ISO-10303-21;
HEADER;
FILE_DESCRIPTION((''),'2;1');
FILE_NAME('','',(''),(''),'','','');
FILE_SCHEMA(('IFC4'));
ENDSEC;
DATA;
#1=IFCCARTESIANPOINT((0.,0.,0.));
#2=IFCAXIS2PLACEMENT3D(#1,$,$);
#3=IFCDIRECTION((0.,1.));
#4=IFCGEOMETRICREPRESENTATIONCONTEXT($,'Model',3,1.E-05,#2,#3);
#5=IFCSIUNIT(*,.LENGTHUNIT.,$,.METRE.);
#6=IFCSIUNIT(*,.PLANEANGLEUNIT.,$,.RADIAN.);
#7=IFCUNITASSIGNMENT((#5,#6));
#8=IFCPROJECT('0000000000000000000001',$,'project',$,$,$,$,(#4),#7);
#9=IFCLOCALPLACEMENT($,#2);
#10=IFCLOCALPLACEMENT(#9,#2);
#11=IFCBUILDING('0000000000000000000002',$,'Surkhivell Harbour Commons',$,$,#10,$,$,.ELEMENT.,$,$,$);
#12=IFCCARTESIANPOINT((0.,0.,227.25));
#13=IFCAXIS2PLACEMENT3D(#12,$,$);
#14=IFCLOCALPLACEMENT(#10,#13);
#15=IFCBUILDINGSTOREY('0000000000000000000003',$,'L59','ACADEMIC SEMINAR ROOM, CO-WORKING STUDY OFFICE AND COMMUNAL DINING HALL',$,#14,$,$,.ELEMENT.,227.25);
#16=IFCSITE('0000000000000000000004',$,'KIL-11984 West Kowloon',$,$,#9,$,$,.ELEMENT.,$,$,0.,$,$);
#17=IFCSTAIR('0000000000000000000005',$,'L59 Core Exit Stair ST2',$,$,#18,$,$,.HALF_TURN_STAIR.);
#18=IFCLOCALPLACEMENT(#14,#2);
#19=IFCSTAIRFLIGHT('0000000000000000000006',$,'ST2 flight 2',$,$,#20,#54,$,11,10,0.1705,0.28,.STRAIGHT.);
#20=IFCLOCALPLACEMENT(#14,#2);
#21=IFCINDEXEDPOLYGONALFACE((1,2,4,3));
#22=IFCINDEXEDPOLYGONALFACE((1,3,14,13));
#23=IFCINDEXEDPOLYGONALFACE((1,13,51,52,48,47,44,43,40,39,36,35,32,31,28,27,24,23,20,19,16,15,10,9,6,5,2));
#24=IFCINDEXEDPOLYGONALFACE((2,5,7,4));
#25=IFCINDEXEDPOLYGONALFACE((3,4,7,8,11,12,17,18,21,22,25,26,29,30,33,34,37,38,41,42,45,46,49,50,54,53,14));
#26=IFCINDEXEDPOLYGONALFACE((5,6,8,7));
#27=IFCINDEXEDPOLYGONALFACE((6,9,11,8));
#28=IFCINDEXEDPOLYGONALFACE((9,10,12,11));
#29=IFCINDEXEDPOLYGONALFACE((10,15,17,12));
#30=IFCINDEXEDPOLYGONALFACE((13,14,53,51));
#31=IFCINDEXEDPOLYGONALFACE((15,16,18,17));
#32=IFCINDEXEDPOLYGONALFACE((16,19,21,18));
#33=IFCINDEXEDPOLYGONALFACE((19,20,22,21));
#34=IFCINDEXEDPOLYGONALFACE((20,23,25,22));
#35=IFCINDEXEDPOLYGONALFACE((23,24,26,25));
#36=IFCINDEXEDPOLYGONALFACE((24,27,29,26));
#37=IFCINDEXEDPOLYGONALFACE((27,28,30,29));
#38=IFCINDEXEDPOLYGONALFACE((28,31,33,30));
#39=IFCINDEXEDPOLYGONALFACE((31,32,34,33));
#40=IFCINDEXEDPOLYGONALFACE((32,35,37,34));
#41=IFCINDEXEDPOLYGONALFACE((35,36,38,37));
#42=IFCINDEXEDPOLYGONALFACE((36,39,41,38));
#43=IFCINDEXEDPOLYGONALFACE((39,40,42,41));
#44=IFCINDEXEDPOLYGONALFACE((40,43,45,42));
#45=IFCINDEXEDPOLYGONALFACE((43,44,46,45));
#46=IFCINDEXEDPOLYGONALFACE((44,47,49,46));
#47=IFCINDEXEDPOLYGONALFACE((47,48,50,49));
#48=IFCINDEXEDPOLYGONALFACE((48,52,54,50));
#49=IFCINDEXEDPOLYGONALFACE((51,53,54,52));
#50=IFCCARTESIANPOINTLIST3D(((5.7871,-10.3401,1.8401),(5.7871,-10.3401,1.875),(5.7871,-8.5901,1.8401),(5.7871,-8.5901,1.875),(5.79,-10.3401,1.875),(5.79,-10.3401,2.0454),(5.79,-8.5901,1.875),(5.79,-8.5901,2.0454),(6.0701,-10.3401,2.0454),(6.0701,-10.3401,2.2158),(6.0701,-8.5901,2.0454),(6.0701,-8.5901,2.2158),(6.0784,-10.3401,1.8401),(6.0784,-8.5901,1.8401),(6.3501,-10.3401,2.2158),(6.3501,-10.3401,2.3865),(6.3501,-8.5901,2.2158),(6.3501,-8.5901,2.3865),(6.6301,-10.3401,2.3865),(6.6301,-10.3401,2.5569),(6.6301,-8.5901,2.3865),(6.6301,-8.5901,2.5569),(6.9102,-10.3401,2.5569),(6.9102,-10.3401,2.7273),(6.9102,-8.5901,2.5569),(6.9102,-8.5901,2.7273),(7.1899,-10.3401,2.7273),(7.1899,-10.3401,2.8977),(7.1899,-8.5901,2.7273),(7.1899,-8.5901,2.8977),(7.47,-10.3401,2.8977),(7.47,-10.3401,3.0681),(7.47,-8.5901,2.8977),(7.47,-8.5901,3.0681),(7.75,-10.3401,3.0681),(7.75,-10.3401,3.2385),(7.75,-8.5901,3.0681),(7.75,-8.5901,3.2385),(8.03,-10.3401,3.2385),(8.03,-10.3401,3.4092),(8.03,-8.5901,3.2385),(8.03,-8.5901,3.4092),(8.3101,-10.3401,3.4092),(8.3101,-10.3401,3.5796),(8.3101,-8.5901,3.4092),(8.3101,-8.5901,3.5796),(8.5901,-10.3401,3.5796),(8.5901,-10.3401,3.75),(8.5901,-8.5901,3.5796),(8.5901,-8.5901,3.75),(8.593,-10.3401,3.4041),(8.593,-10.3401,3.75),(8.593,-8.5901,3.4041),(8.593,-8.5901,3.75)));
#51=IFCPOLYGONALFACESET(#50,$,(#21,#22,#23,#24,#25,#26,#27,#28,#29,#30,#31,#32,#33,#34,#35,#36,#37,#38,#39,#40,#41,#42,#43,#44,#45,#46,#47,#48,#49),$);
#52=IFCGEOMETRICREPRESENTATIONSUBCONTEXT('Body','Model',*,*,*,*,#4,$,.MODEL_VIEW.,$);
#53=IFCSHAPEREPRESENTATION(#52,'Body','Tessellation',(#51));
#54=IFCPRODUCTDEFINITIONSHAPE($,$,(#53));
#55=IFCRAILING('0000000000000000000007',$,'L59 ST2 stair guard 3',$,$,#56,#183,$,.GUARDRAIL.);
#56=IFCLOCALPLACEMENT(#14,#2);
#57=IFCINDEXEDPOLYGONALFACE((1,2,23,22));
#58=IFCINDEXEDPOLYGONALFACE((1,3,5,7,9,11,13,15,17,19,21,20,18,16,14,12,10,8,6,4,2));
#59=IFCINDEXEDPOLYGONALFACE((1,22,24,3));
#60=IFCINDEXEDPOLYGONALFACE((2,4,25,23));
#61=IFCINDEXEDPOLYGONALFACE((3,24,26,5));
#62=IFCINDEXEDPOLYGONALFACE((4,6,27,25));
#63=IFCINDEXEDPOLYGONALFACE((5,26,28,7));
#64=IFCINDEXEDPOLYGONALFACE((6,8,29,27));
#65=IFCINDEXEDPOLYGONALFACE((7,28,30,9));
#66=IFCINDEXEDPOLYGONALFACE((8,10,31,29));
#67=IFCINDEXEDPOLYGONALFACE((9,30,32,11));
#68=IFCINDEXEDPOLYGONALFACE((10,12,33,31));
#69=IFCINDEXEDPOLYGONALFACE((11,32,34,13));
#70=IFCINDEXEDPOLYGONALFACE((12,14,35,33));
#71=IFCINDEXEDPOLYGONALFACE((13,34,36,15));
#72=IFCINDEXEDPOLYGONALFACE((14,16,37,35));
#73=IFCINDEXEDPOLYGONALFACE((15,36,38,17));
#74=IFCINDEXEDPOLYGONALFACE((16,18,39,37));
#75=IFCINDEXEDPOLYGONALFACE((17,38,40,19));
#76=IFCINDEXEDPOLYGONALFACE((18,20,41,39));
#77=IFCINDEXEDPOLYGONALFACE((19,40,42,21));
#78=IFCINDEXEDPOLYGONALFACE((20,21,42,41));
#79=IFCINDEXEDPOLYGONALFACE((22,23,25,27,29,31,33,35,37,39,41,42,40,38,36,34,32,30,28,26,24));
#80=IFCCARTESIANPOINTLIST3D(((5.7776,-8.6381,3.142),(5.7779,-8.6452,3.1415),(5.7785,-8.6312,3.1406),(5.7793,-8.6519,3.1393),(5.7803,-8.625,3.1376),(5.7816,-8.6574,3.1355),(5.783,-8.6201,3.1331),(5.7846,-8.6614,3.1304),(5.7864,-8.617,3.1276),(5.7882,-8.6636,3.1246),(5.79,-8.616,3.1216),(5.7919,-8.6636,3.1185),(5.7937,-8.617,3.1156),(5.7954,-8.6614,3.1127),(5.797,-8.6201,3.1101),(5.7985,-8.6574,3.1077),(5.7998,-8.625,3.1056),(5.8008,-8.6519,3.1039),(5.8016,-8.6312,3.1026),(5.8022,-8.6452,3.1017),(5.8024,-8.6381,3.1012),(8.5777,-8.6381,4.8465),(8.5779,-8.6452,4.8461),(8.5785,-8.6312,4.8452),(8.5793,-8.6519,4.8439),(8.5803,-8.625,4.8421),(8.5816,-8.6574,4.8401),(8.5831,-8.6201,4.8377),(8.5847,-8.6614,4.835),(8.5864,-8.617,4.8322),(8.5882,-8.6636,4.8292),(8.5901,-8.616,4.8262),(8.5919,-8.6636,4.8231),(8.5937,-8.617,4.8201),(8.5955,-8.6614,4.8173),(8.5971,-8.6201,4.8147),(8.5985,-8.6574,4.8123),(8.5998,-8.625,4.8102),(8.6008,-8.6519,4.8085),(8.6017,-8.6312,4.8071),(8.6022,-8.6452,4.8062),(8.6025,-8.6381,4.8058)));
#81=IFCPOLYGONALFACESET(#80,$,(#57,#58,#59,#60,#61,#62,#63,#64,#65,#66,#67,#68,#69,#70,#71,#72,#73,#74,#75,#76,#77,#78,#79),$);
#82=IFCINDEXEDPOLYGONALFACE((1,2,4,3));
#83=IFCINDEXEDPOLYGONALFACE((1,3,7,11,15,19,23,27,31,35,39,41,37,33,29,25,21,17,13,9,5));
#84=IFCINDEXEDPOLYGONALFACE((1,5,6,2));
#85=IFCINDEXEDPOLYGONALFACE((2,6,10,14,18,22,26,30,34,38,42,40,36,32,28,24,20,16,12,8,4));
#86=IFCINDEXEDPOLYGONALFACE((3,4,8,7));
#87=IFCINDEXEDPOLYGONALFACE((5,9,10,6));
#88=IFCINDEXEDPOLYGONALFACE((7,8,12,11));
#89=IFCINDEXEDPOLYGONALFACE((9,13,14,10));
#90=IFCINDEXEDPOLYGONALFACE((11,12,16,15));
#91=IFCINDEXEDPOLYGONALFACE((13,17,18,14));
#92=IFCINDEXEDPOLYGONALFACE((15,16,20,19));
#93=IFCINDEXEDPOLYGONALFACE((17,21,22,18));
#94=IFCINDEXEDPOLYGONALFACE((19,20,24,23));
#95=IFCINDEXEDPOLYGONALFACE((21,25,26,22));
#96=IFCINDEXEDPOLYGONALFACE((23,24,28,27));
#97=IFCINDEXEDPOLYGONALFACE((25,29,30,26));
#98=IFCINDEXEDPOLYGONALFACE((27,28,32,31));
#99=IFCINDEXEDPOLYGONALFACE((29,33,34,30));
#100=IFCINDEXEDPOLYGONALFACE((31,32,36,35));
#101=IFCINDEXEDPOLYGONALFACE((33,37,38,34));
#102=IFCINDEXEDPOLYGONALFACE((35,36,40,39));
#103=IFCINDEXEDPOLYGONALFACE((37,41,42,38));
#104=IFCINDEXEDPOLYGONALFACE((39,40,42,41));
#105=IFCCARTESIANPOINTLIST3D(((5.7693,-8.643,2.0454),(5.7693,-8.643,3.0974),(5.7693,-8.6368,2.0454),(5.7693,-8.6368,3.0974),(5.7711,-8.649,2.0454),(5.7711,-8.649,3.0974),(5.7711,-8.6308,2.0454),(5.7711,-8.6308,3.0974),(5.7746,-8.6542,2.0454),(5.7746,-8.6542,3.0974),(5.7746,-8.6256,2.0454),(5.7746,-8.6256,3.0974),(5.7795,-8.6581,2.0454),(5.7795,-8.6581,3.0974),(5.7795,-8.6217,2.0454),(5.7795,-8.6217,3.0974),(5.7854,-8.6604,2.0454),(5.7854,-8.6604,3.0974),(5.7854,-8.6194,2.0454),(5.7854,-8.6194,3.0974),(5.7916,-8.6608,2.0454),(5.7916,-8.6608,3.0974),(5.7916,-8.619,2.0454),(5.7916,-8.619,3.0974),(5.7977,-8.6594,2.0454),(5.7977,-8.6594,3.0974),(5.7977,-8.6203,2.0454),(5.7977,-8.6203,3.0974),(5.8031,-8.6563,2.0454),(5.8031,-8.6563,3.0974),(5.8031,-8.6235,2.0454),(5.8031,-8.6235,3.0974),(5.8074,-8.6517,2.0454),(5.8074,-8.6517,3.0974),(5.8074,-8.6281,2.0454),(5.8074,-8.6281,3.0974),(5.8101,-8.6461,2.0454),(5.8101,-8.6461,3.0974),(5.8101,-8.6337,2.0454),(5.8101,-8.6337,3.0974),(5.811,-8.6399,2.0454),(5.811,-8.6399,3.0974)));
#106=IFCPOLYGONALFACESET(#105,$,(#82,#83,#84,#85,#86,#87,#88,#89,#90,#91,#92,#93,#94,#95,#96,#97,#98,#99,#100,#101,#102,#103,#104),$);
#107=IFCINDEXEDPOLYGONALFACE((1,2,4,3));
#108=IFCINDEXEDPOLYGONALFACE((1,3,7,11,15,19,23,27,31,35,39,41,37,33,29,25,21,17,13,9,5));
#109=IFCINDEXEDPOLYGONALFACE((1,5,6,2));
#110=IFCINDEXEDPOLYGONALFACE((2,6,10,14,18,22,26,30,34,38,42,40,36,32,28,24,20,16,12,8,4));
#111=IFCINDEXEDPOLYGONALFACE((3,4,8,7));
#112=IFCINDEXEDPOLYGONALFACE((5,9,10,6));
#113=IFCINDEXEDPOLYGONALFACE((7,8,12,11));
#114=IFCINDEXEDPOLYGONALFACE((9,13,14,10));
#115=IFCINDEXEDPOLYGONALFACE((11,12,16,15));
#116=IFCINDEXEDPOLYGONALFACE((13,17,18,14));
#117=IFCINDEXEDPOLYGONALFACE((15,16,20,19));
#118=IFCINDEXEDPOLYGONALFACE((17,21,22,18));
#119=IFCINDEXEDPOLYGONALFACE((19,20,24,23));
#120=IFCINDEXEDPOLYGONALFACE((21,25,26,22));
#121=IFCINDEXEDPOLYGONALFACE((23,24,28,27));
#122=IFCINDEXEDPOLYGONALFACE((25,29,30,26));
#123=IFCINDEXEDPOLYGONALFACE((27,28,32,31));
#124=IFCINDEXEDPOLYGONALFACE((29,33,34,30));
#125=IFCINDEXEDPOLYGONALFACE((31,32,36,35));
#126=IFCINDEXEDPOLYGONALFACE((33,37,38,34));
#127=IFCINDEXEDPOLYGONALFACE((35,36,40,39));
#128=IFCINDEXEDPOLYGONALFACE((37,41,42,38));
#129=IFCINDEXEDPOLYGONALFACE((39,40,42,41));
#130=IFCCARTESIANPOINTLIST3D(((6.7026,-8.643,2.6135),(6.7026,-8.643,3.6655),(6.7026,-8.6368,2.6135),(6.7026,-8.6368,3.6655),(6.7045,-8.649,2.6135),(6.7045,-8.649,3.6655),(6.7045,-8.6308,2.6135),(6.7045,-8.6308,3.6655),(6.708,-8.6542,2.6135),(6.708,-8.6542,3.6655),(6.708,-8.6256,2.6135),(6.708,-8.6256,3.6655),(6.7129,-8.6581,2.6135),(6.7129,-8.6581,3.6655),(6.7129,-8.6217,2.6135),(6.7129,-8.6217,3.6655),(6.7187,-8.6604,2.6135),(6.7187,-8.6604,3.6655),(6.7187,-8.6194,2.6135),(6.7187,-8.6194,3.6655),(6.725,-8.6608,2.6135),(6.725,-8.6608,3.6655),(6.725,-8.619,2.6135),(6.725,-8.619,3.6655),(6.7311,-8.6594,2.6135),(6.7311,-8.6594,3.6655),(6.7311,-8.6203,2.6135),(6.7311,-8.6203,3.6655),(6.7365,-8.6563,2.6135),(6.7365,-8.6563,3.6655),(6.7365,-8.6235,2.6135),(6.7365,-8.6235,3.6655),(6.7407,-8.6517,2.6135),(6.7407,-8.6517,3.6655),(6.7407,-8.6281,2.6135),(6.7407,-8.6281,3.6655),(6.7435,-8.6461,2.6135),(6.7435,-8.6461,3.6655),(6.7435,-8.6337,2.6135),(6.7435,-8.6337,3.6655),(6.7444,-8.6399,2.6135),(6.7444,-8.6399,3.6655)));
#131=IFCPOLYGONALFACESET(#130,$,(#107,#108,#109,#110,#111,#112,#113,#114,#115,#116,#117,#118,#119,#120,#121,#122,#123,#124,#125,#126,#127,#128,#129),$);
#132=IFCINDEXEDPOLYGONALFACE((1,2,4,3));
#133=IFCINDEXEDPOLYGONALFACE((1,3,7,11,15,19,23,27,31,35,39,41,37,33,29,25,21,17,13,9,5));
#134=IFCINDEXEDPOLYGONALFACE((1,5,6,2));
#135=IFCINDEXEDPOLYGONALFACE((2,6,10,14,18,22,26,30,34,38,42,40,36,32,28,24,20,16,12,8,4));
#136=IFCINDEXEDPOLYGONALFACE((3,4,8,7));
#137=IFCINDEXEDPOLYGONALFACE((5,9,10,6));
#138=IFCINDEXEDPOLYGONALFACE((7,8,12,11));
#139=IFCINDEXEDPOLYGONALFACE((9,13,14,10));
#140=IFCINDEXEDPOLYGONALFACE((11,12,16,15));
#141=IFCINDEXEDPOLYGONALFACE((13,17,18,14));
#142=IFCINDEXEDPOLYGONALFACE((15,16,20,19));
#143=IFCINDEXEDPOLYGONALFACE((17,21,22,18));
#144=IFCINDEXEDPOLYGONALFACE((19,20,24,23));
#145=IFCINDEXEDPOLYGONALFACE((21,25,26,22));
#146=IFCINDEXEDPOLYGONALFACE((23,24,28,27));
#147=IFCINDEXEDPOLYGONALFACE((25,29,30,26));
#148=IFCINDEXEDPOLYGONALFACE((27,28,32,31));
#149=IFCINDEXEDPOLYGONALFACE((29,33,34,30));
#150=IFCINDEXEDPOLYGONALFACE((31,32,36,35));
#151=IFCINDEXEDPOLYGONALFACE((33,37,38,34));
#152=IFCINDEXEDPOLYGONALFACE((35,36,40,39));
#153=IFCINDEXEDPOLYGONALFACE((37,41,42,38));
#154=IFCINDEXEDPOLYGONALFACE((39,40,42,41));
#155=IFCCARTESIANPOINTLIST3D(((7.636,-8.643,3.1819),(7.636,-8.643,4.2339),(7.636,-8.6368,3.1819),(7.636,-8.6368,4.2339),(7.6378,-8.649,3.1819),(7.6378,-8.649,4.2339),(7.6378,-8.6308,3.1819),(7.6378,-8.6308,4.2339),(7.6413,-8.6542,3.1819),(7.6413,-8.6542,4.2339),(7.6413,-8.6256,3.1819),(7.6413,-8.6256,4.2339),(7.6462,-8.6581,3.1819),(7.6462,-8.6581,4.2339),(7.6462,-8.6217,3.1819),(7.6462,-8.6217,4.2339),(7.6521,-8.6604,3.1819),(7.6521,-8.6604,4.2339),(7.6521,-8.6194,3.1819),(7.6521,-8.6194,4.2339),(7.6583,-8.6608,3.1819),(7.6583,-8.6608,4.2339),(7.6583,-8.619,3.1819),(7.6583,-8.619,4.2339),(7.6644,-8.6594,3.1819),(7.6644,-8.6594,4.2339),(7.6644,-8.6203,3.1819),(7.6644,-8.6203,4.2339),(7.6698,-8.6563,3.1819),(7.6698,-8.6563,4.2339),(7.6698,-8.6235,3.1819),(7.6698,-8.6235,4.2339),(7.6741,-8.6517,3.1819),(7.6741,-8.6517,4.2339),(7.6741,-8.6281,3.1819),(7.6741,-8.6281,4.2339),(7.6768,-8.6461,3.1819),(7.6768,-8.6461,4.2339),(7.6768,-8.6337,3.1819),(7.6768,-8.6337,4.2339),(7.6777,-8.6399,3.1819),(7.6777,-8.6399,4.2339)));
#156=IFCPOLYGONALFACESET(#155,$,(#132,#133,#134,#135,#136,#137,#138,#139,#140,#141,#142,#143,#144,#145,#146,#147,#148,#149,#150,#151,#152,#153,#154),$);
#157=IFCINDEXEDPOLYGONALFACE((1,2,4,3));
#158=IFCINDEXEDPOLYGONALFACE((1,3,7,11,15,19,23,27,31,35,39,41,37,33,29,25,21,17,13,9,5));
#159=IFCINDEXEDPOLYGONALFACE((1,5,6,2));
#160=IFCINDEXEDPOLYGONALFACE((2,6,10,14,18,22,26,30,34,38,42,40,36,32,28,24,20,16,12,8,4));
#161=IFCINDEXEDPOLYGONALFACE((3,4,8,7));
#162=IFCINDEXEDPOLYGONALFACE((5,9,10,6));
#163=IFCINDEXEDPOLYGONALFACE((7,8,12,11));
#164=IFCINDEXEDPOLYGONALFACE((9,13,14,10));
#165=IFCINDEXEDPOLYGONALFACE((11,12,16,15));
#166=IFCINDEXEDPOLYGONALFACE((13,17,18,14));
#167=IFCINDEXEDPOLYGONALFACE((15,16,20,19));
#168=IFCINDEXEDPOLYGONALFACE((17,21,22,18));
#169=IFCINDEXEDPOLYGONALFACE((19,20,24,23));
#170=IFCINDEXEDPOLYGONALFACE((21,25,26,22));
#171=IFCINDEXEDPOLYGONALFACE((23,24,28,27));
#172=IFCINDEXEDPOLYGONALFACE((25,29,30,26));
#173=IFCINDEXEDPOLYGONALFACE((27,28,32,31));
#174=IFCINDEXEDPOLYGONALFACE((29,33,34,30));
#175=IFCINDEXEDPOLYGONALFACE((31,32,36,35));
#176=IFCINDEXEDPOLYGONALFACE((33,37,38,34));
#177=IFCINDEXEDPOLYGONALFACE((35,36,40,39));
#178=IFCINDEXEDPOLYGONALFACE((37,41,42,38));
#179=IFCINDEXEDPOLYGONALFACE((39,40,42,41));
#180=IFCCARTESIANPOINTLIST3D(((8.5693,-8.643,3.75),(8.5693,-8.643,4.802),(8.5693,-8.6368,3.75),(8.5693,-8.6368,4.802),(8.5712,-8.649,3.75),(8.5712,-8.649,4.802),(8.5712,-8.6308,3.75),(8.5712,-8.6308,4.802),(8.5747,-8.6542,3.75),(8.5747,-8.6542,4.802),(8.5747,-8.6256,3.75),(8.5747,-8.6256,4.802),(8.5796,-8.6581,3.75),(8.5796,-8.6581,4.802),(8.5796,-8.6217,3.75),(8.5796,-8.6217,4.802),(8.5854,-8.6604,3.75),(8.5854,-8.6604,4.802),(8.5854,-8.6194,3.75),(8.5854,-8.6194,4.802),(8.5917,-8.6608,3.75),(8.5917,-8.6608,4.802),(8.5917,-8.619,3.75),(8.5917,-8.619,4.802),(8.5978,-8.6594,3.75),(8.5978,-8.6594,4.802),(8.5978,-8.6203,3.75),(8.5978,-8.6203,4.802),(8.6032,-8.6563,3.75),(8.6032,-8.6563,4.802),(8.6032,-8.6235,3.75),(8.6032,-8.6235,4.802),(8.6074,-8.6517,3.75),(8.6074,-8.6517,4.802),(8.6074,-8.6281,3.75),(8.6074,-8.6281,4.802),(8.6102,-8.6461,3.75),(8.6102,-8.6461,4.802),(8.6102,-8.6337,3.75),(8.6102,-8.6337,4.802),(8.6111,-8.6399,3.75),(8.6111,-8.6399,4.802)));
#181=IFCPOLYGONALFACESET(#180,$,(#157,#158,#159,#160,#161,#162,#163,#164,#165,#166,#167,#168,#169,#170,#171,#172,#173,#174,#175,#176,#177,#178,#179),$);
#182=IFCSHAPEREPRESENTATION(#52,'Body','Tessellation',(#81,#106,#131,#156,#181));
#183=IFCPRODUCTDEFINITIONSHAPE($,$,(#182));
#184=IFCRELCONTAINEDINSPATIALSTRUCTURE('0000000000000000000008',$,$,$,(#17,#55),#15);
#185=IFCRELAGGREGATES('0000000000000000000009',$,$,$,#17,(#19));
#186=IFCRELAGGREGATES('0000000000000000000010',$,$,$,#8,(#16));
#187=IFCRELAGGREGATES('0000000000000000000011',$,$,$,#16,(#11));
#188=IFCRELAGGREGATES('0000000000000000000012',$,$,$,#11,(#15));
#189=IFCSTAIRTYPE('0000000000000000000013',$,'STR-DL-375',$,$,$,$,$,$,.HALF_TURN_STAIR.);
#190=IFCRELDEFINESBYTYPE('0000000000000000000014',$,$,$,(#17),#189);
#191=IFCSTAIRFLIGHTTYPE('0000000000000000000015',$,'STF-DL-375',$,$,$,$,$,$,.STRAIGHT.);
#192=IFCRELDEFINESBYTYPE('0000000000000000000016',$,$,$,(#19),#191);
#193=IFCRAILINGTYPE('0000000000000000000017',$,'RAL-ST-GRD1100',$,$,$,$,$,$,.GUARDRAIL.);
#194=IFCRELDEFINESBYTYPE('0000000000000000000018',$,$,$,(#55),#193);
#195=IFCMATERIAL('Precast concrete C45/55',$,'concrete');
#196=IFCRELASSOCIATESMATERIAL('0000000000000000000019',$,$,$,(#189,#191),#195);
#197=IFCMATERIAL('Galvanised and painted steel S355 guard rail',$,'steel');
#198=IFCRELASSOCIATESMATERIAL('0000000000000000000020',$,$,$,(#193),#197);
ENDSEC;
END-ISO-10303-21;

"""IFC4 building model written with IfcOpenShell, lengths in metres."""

from ifc_helpers import new_model, si_unit, direction, frame, origin, origin_2d, place, context, subcontext, project, spatial, polyline, circle, outline, extrude, material, type_object, element, aggregate, save


model = new_model("IFC4")

# Units and contexts
model_context = context("Model", 3, precision=1e-05, world=origin(), true_north=direction((0.0, 1.0)))
body_context = subcontext(model_context, "Body", "Model", "MODEL_VIEW")
ifc_project = project(units=[si_unit("LENGTHUNIT", "METRE"), si_unit("PLANEANGLEUNIT", "RADIAN")], contexts=[model_context])

# Site, building, storey
site_placement = place(None, origin())
site = spatial("IfcSite", under=ifc_project, at=site_placement, Name="KIL-11984 West Kowloon", CompositionType="ELEMENT", RefElevation=0.0)
building_placement = place(site_placement, origin())
building = spatial("IfcBuilding", under=site, at=building_placement, Name="Surkhivell Harbour Commons", CompositionType="ELEMENT")
storey_placement = place(building_placement, frame((0.0, 0.0, 227.25)))
storey = spatial("IfcBuildingStorey", under=building, at=storey_placement, Name="L59", Description="ACADEMIC SEMINAR ROOM, CO-WORKING STUDY OFFICE AND COMMUNAL DINING HALL", CompositionType="ELEMENT", Elevation=227.25)

# Stair, stair flight
ifc_material_1 = material(Name="Precast concrete C45/55", Category="concrete")
stair_type = type_object("IfcStairType", Name="STR-DL-375", PredefinedType="HALF_TURN_STAIR", material=ifc_material_1)
stair_placement = place(storey_placement, origin())
stair = element("IfcStair", 1, at=stair_placement, inside=storey, type_object=stair_type, Name="L59 Core Exit Stair ST2", PredefinedType="HALF_TURN_STAIR")
stair_flight_type = type_object("IfcStairFlightType", Name="STF-DL-375", PredefinedType="STRAIGHT", material=ifc_material_1)
stair_flight_placement = place(storey_placement, frame((5.79, -9.4651, 1.875), z_axis=(0.0, 0.0, 1.0), x_axis=(1.0, 0.0, 0.0)))
stair_flight = element("IfcStairFlight", 2, at=stair_flight_placement, type_object=stair_flight_type, Name="ST2 flight 2", NumberOfRisers=11, NumberOfTreads=10, PredefinedType="STRAIGHT", RiserHeight=0.1705, TreadLength=0.28, context=body_context, shape_type="SweptSolid", body=[
    extrude(outline(polyline([(-0.0029, -0.0349), (-0.0029, 0.0), (0.0, 0.0), (0.0, 0.1704), (0.28, 0.1704), (0.28, 0.3408), (0.5601, 0.3408), (0.5601, 0.5115), (0.8401, 0.5115), (0.8401, 0.6819), (1.1201, 0.6819), (1.1201, 0.8523), (1.3999, 0.8523), (1.3999, 1.0227), (1.6799, 1.0227), (1.6799, 1.1931), (1.96, 1.1931), (1.96, 1.3635), (2.24, 1.3635), (2.24, 1.5342), (2.52, 1.5342), (2.52, 1.7046), (2.8, 1.7046), (2.8, 1.875), (2.803, 1.875), (2.803, 1.5291), (0.2883, -0.0349), (-0.0029, -0.0349)])), frame((0.0, 0.875, 0.0), z_axis=(0.0, -1.0, 0.0), x_axis=(1.0, 0.0, 0.0)), (0.0, 0.0, 1.0), 1.75),
])
aggregate(stair, [stair_flight])

# Railing
ifc_material_2 = material(Name="Galvanised and painted steel S355 guard rail", Category="steel")
railing_type = type_object("IfcRailingType", Name="RAL-ST-GRD1100", PredefinedType="GUARDRAIL", material=ifc_material_2)
railing_1_placement = place(storey_placement, frame((5.79, -8.6399, 2.0454)))
element("IfcRailing", 3, at=railing_1_placement, inside=storey, type_object=railing_type, Name="L59 ST2 stair guard 3", PredefinedType="GUARDRAIL", context=body_context, shape_type="SweptSolid", body=[
    extrude(circle(Radius=0.0239, at=origin_2d()), frame((0.0, 0.0, 1.0762), z_axis=(0.85417, 0.0, 0.519994), x_axis=(0.0, 1.0, 0.0)), (0.0, 0.0, 1.0), 3.2781),
    extrude(circle(Radius=0.021, at=origin_2d()), origin(), (0.0, 0.0, 1.0), 1.052),
    extrude(circle(Radius=0.021, at=origin_2d()), frame((0.9333, 0.0, 0.5681)), (0.0, 0.0, 1.0), 1.052),
    extrude(circle(Radius=0.021, at=origin_2d()), frame((1.8667, 0.0, 1.1365)), (0.0, 0.0, 1.0), 1.052),
    extrude(circle(Radius=0.021, at=origin_2d()), frame((2.8, 0.0, 1.7046)), (0.0, 0.0, 1.0), 1.052),
])

save(model, "model.ifc")
